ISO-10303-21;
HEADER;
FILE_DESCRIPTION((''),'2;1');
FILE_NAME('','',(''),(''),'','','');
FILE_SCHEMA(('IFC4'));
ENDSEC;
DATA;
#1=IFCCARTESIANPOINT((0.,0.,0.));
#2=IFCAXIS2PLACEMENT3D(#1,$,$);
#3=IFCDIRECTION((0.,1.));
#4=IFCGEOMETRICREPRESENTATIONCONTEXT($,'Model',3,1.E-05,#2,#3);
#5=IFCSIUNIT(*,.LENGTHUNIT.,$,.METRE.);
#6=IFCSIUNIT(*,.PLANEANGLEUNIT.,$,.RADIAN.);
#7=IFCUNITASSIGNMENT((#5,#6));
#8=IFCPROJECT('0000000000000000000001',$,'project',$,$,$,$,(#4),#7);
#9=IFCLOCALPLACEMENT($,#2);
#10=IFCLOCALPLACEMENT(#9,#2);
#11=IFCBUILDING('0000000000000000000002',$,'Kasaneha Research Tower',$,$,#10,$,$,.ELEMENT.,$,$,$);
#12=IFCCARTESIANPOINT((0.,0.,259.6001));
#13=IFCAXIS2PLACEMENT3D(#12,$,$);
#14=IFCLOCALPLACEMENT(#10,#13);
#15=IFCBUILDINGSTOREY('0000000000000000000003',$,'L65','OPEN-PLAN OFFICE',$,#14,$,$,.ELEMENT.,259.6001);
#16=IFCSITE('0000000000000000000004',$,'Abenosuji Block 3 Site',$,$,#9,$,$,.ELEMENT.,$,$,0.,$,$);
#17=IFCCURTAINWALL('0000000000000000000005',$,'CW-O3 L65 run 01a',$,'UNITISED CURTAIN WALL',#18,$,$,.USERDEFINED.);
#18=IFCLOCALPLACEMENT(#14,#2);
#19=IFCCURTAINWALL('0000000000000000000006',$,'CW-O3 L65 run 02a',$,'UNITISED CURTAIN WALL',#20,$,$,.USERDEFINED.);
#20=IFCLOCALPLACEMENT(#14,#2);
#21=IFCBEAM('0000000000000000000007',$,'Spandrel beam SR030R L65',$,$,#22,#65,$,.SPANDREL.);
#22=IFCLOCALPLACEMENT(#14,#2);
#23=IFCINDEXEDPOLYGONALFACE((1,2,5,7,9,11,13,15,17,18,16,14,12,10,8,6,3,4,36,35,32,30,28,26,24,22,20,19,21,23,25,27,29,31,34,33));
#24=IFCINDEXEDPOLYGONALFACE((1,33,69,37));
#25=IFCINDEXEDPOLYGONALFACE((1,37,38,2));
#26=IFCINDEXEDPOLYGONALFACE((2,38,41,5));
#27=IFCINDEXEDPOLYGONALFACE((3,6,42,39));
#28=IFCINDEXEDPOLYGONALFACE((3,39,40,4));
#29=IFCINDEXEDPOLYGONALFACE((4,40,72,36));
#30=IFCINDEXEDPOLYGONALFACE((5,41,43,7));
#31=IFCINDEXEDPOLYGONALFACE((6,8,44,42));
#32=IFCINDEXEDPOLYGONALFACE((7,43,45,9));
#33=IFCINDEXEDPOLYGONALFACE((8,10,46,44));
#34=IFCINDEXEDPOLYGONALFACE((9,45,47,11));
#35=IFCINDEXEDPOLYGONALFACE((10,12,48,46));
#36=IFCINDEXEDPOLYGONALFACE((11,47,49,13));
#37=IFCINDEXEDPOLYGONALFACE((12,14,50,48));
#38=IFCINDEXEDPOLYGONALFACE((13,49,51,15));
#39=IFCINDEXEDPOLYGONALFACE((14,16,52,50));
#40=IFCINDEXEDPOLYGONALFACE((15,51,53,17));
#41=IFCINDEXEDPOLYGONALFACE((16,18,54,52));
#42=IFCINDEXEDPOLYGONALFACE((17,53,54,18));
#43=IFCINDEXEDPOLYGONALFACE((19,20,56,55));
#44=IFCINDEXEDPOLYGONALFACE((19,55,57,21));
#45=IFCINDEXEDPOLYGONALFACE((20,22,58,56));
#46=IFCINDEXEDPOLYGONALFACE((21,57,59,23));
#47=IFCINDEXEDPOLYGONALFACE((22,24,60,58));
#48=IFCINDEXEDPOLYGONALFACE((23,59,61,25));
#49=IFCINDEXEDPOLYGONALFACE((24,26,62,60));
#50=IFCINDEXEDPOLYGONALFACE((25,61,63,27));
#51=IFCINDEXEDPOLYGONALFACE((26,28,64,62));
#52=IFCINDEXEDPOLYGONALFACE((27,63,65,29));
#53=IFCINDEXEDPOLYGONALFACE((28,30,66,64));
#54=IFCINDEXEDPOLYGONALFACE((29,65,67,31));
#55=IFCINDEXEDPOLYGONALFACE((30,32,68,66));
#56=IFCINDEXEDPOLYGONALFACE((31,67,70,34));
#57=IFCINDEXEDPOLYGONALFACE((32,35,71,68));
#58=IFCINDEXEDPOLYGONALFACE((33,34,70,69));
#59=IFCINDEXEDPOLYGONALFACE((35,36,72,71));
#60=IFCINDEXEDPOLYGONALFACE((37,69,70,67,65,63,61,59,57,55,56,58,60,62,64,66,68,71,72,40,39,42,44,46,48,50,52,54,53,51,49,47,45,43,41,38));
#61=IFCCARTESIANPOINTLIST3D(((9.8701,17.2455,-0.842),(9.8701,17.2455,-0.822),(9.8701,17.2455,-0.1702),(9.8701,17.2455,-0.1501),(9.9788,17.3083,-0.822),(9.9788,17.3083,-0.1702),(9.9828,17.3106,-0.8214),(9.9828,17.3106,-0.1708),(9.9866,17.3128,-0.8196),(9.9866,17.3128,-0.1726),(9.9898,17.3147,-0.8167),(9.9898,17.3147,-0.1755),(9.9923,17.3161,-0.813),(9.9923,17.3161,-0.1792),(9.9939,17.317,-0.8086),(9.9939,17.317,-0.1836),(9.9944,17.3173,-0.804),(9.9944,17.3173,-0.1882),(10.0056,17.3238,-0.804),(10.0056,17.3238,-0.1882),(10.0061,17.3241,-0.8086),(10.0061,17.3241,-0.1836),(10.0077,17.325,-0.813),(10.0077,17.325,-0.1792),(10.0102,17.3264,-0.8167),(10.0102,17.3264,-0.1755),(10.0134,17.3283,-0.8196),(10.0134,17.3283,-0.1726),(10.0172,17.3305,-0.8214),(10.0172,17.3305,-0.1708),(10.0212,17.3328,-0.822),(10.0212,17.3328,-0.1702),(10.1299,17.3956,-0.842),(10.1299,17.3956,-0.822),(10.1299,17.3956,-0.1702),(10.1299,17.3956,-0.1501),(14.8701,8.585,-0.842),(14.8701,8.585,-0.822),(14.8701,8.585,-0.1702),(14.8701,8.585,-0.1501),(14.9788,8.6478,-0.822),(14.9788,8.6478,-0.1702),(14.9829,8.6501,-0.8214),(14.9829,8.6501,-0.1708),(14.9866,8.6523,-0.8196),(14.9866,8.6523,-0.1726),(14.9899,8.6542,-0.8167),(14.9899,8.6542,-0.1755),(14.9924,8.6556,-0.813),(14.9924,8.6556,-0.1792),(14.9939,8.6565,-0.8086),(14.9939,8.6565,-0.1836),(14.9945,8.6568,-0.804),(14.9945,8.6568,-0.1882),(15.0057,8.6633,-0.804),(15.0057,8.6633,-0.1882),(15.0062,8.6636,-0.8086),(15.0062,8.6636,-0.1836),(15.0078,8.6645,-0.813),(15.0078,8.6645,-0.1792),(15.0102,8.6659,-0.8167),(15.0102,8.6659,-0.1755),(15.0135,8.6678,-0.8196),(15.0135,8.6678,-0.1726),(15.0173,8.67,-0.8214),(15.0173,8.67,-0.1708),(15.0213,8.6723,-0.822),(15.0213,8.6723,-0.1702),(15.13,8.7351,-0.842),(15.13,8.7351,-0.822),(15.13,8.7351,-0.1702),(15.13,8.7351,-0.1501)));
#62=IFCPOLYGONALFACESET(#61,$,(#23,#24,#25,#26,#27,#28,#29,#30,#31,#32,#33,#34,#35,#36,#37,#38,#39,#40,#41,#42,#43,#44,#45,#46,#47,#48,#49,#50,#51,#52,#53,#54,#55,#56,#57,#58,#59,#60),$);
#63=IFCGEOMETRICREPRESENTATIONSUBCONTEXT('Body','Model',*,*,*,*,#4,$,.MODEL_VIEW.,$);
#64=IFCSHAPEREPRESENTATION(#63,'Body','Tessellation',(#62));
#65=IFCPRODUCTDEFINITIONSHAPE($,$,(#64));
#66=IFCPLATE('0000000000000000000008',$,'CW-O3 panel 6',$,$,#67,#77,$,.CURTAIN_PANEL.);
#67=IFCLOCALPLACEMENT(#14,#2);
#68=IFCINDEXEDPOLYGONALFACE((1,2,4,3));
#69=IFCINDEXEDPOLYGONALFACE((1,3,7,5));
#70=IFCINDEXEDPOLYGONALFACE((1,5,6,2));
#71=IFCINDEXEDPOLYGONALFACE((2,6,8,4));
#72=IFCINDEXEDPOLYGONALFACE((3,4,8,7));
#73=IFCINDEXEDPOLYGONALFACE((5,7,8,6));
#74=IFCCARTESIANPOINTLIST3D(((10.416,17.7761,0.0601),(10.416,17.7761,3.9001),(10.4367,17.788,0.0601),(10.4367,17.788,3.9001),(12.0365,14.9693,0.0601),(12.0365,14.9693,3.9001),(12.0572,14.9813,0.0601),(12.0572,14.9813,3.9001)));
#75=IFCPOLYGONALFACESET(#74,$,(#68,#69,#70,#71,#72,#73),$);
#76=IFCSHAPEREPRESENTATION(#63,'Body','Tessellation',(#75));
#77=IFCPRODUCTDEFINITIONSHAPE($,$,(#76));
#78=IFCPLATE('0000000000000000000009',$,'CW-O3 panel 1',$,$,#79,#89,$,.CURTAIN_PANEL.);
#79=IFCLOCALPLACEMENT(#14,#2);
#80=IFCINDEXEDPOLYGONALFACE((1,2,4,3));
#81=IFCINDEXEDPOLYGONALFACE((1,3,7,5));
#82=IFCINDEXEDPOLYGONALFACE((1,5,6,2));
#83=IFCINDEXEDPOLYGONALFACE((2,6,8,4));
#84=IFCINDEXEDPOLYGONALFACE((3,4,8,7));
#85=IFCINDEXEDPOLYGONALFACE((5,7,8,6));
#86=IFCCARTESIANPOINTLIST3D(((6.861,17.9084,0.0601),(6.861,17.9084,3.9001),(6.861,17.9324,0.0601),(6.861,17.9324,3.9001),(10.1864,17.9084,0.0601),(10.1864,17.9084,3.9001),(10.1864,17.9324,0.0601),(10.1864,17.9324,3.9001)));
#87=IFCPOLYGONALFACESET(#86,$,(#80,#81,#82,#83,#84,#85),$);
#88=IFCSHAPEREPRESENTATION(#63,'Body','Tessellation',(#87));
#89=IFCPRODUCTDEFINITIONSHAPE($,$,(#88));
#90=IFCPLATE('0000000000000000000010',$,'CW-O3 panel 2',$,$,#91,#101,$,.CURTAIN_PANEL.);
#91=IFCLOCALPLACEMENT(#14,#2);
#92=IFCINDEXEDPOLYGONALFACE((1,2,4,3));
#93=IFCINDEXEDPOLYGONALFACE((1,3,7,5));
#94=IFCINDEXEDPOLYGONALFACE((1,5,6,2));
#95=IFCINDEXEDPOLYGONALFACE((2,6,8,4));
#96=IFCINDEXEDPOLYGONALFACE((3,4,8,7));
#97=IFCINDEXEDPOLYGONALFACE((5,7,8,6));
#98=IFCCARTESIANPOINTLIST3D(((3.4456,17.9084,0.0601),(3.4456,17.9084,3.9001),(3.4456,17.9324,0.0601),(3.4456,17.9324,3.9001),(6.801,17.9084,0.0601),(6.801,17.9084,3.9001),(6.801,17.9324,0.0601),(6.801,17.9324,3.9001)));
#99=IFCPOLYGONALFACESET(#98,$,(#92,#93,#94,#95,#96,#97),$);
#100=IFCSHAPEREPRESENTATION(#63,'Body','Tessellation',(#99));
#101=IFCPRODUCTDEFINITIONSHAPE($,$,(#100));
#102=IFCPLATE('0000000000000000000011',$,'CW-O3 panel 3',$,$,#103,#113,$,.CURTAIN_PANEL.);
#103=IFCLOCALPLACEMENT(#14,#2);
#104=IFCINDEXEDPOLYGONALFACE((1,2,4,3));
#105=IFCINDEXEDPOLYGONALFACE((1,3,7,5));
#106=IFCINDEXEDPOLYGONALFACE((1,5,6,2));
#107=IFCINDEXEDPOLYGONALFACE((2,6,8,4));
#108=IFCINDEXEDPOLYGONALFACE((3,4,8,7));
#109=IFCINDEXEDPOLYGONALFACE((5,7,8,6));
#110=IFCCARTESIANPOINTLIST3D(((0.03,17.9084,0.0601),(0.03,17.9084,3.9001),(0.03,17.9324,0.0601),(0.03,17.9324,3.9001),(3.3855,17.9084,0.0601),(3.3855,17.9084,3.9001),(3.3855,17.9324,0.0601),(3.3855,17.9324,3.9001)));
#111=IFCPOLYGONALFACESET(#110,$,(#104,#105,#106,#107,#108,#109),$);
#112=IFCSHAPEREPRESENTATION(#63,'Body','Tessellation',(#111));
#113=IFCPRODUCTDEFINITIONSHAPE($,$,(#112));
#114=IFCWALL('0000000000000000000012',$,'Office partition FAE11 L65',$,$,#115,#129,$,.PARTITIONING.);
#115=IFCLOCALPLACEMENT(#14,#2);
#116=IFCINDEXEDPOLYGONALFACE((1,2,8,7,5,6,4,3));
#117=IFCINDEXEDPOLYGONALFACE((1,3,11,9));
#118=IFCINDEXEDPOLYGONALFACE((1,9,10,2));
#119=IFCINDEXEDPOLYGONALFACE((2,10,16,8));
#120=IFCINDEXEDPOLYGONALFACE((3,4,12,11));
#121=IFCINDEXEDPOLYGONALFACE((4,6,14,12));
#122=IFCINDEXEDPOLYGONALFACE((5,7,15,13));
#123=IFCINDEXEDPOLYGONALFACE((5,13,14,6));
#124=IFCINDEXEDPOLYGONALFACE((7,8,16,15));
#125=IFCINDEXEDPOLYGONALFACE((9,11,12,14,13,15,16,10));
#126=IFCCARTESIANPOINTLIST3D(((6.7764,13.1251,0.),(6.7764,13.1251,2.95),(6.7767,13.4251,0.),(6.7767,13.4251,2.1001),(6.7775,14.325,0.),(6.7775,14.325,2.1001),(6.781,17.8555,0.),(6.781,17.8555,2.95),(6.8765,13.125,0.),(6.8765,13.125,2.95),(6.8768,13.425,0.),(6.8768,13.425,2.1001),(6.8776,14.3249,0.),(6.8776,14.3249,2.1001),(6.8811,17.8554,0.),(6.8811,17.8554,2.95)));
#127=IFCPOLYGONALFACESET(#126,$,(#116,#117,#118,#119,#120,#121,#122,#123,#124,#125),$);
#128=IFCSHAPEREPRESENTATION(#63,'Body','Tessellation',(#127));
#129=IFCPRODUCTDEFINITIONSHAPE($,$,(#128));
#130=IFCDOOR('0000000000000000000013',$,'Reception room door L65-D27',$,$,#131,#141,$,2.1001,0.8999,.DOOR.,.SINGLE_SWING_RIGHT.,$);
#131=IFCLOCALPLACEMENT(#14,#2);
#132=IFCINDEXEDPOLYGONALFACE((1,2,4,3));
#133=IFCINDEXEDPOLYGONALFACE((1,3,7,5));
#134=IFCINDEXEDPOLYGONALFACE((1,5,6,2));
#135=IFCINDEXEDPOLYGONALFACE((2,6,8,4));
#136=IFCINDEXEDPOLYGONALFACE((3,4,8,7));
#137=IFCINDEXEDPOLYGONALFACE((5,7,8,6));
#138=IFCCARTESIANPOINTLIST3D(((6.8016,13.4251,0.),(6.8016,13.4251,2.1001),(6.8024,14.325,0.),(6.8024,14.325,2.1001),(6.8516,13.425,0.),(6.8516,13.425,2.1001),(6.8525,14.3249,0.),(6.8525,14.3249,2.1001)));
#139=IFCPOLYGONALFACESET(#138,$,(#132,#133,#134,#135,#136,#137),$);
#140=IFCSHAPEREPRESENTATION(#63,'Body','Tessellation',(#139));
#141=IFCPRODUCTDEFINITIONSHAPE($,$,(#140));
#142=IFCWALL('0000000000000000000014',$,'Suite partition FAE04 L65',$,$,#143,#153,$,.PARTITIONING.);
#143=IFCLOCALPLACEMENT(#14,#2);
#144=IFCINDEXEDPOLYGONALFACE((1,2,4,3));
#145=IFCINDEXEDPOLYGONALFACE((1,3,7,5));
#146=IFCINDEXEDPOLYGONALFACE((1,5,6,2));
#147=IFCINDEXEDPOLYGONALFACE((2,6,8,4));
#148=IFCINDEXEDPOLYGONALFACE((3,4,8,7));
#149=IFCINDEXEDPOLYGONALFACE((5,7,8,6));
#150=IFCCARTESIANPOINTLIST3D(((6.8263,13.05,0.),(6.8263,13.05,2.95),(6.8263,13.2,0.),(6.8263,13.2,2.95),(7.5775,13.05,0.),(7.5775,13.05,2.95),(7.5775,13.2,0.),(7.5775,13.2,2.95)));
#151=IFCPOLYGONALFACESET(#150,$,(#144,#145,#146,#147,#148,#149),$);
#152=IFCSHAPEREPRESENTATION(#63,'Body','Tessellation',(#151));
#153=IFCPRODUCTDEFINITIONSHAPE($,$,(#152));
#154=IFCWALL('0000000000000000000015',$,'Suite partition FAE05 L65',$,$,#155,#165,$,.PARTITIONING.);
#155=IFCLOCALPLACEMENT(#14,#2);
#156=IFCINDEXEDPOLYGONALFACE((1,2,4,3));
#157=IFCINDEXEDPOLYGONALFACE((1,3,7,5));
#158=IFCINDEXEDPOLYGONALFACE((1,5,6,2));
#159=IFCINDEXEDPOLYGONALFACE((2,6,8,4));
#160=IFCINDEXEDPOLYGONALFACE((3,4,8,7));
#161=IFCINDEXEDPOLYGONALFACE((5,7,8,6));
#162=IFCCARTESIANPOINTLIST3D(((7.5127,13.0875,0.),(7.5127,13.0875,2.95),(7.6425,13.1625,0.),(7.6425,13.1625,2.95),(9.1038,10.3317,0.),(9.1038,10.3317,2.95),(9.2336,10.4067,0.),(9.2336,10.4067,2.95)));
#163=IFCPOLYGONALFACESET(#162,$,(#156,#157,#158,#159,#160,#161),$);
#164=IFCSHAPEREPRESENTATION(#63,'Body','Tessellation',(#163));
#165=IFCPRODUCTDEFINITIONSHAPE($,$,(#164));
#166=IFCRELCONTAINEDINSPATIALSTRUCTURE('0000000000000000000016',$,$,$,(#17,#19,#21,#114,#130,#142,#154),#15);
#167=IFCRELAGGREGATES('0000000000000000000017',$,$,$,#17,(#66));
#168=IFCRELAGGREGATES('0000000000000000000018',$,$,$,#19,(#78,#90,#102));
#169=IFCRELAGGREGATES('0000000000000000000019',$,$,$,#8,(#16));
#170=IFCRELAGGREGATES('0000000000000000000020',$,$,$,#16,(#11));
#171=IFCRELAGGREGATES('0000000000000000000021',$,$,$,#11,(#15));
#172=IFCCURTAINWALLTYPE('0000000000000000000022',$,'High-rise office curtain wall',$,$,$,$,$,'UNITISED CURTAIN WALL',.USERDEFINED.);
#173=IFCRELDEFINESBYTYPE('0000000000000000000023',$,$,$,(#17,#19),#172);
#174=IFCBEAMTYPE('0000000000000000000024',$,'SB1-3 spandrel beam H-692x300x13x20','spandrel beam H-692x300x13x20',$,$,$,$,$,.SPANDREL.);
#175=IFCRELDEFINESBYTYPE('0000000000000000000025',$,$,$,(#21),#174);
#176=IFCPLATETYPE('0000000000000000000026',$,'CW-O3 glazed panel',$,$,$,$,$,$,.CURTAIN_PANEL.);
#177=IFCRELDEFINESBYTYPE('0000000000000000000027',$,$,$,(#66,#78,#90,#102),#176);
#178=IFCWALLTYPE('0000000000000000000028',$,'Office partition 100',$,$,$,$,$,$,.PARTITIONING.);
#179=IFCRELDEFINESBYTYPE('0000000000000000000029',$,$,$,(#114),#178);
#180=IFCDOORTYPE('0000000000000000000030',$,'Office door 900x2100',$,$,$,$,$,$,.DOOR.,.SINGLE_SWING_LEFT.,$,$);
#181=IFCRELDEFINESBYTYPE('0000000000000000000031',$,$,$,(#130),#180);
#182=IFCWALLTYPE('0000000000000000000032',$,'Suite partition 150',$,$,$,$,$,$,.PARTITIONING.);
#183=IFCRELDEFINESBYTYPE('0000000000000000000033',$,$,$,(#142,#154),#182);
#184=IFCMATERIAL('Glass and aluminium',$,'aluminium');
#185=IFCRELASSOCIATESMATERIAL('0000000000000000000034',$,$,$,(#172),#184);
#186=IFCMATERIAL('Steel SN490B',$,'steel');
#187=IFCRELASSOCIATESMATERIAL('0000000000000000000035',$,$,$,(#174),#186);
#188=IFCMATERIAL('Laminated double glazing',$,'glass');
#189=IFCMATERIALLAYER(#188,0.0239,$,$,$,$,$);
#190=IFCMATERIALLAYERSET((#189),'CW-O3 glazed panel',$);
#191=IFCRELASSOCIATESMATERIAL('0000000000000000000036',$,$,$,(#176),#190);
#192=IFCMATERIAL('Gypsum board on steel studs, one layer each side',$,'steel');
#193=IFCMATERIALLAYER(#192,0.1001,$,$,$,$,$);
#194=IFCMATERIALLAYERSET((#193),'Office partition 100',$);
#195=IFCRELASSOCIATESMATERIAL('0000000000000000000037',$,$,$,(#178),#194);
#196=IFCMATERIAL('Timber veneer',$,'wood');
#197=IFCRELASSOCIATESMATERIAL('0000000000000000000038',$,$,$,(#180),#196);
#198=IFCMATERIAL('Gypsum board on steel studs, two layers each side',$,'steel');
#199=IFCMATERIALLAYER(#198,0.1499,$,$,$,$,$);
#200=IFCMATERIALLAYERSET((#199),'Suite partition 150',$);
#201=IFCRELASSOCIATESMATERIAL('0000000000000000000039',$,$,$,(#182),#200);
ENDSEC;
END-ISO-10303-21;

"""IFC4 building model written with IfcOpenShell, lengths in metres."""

from ifc_helpers import new_model, si_unit, direction, frame, frame_2d, origin, origin_2d, place, context, subcontext, project, spatial, rectangle, i_section, extrude, material, layer, layer_set, material_profile, profile_set, type_object, element, fill, aggregate, save


model = new_model("IFC4")

# Units and contexts
model_context = context("Model", 3, precision=1e-05, world=origin(), true_north=direction((0.0, 1.0)))
body_context = subcontext(model_context, "Body", "Model", "MODEL_VIEW")
ifc_project = project(units=[si_unit("LENGTHUNIT", "METRE"), si_unit("PLANEANGLEUNIT", "RADIAN")], contexts=[model_context])

# Site, building, storey
site_placement = place(None, origin())
site = spatial("IfcSite", under=ifc_project, at=site_placement, Name="Abenosuji Block 3 Site", CompositionType="ELEMENT", RefElevation=0.0)
building_placement = place(site_placement, origin())
building = spatial("IfcBuilding", under=site, at=building_placement, Name="Kasaneha Research Tower", CompositionType="ELEMENT")
storey_placement = place(building_placement, frame((0.0, 0.0, 259.6001)))
storey = spatial("IfcBuildingStorey", under=building, at=storey_placement, Name="L65", Description="OPEN-PLAN OFFICE", CompositionType="ELEMENT", Elevation=259.6001)

# Curtain wall
ifc_material_1 = material(Name="Glass and aluminium", Category="aluminium")
curtain_wall_type = type_object("IfcCurtainWallType", Name="High-rise office curtain wall", ElementType="UNITISED CURTAIN WALL", PredefinedType="USERDEFINED", material=ifc_material_1)
curtain_wall_1_placement = place(storey_placement, origin())
curtain_wall_1 = element("IfcCurtainWall", 1, at=curtain_wall_1_placement, inside=storey, type_object=curtain_wall_type, Name="CW-O3 L65 run 01a", ObjectType="UNITISED CURTAIN WALL", PredefinedType="USERDEFINED")

# Curtain wall
curtain_wall_2_placement = place(storey_placement, origin())
curtain_wall_2 = element("IfcCurtainWall", 2, at=curtain_wall_2_placement, inside=storey, type_object=curtain_wall_type, Name="CW-O3 L65 run 02a", ObjectType="UNITISED CURTAIN WALL", PredefinedType="USERDEFINED")

# Beam
ifc_material_2 = material(Name="Steel SN490B", Category="steel")
ifc_material_profile_1 = material_profile(ifc_material_2, i_section(OverallWidth=0.3, OverallDepth=0.6919, WebThickness=0.0129, FlangeThickness=0.02, FilletRadius=0.0181, at=origin_2d()), Name="H-692x300x13x20")
ifc_profile_set_1 = profile_set([ifc_material_profile_1], Name="Steel SN490B")
beam_type_1 = type_object("IfcBeamType", Name="SB1-3 spandrel beam H-692x300x13x20", Description="spandrel beam H-692x300x13x20", PredefinedType="SPANDREL", material=ifc_profile_set_1)
beam_1_placement = place(storey_placement, frame((10.0, 17.3206, -0.4961), z_axis=(0.499994, -0.866029, 0.0), x_axis=(0.866029, 0.499994, 0.0)))
element("IfcBeam", 3, at=beam_1_placement, inside=storey, type_object=beam_type_1, Name="Spandrel beam SR030R L65", PredefinedType="SPANDREL", context=body_context, shape_type="SweptSolid", body=[
    extrude(i_section(OverallWidth=0.3, OverallDepth=0.6919, WebThickness=0.0129, FlangeThickness=0.02, FilletRadius=0.0181, at=origin_2d()), origin(), (0.0, 0.0, 1.0), 10.0002),
])

# Plates
ifc_material_3 = material(Name="Laminated double glazing", Category="glass")
ifc_layer_1 = layer(ifc_material_3, 0.0239)
ifc_layer_set_1 = layer_set([ifc_layer_1], Name="CW-O3 glazed panel")
plate_type = type_object("IfcPlateType", Name="CW-O3 glazed panel", PredefinedType="CURTAIN_PANEL", material=ifc_layer_set_1)
plate_1_placement = place(storey_placement, frame((11.2366, 16.3787, 0.0601), z_axis=(0.0, 0.0, 1.0), x_axis=(-0.5, 0.866025, 0.0)))
plate_1 = element("IfcPlate", 4, at=plate_1_placement, type_object=plate_type, Name="CW-O3 panel 6", PredefinedType="CURTAIN_PANEL", context=body_context, shape_type="SweptSolid", body=[
    extrude(rectangle(XDim=3.241, YDim=0.0239, at=origin_2d()), origin(), (0.0, 0.0, 1.0), 3.8401),
])
aggregate(curtain_wall_1, [plate_1])
plate_2_placement = place(storey_placement, frame((8.5237, 17.9204, 0.0601), z_axis=(0.0, 0.0, 1.0), x_axis=(-1.0, 0.0, 0.0)))
plate_2 = element("IfcPlate", 5, at=plate_2_placement, type_object=plate_type, Name="CW-O3 panel 1", PredefinedType="CURTAIN_PANEL", context=body_context, shape_type="SweptSolid", body=[
    extrude(rectangle(XDim=3.3254, YDim=0.0239, at=origin_2d()), origin(), (0.0, 0.0, 1.0), 3.8401),
])
plate_3_placement = place(storey_placement, frame((5.1233, 17.9204, 0.0601), z_axis=(0.0, 0.0, 1.0), x_axis=(-1.0, 0.0, 0.0)))
plate_3 = element("IfcPlate", 6, at=plate_3_placement, type_object=plate_type, Name="CW-O3 panel 2", PredefinedType="CURTAIN_PANEL", context=body_context, shape_type="SweptSolid", body=[
    extrude(rectangle(XDim=3.3555, YDim=0.0239, at=origin_2d()), origin(), (0.0, 0.0, 1.0), 3.8401),
])
plate_4_placement = place(storey_placement, frame((1.7078, 17.9204, 0.0601), z_axis=(0.0, 0.0, 1.0), x_axis=(-1.0, 0.0, 0.0)))
plate_4 = element("IfcPlate", 7, at=plate_4_placement, type_object=plate_type, Name="CW-O3 panel 3", PredefinedType="CURTAIN_PANEL", context=body_context, shape_type="SweptSolid", body=[
    extrude(rectangle(XDim=3.3555, YDim=0.0239, at=origin_2d()), origin(), (0.0, 0.0, 1.0), 3.8401),
])
aggregate(curtain_wall_2, [plate_2, plate_3, plate_4])

# Wall, opening, door
ifc_material_4 = material(Name="Gypsum board on steel studs, one layer each side", Category="steel")
ifc_layer_2 = layer(ifc_material_4, 0.1001)
ifc_layer_set_2 = layer_set([ifc_layer_2], Name="Office partition 100")
wall_type_1 = type_object("IfcWallType", Name="Office partition 100", PredefinedType="PARTITIONING", material=ifc_layer_set_2)
wall_1_placement = place(storey_placement, frame((6.8311, 17.8555, 0.0), z_axis=(0.0, 0.0, 1.0), x_axis=(-0.000981, -1.0, 0.0)))
wall_1 = element("IfcWall", 8, at=wall_1_placement, inside=storey, type_object=wall_type_1, Name="Office partition FAE11 L65", PredefinedType="PARTITIONING", context=body_context, shape_type="SweptSolid", body=[
    extrude(rectangle(XDim=4.7305, YDim=0.1001, at=frame_2d((2.3652, 0.0))), origin(), (0.0, 0.0, 1.0), 2.95),
])
opening_placement = place(wall_1_placement, frame((3.5305, 0.0, 0.0)))
opening = element("IfcOpeningElement", 9, at=opening_placement, cuts=wall_1, PredefinedType="OPENING", context=body_context, shape_type="SweptSolid", body=[
    extrude(rectangle(XDim=0.8999, YDim=2.1001, at=frame_2d((0.45, 1.05))), frame((0.0, 0.0601, 0.0), z_axis=(0.0, -1.0, 0.0), x_axis=(1.0, 0.0, 0.0)), (0.0, 0.0, 1.0), 0.1201),
])
ifc_material_5 = material(Name="Timber veneer", Category="wood")
door_type = type_object("IfcDoorType", Name="Office door 900x2100", OperationType="SINGLE_SWING_LEFT", PredefinedType="DOOR", material=ifc_material_5)
door_placement = place(opening_placement, origin())
door = element("IfcDoor", 10, at=door_placement, inside=storey, type_object=door_type, Name="Reception room door L65-D27", OperationType="SINGLE_SWING_RIGHT", OverallHeight=2.1001, OverallWidth=0.8999, PredefinedType="DOOR", context=body_context, shape_type="SweptSolid", body=[
    extrude(rectangle(XDim=0.8999, YDim=2.1001, at=frame_2d((0.45, 1.05))), frame((0.0, 0.0249, 0.0), z_axis=(0.0, -1.0, 0.0), x_axis=(1.0, 0.0, 0.0)), (0.0, 0.0, 1.0), 0.05),
])
fill(opening, door)

# Walls
ifc_material_6 = material(Name="Gypsum board on steel studs, two layers each side", Category="steel")
ifc_layer_3 = layer(ifc_material_6, 0.1499)
ifc_layer_set_3 = layer_set([ifc_layer_3], Name="Suite partition 150")
wall_type_2 = type_object("IfcWallType", Name="Suite partition 150", PredefinedType="PARTITIONING", material=ifc_layer_set_3)
wall_2_placement = place(storey_placement, frame((6.8264, 13.125, 0.0), z_axis=(0.0, 0.0, 1.0), x_axis=(1.0, 0.0, 0.0)))
element("IfcWall", 11, at=wall_2_placement, inside=storey, type_object=wall_type_2, Name="Suite partition FAE04 L65", PredefinedType="PARTITIONING", context=body_context, shape_type="SweptSolid", body=[
    extrude(rectangle(XDim=0.7512, YDim=0.1499, at=frame_2d((0.3755, 0.0))), origin(), (0.0, 0.0, 1.0), 2.95),
])
wall_3_placement = place(storey_placement, frame((7.5776, 13.125, 0.0), z_axis=(0.0, 0.0, 1.0), x_axis=(0.499993, -0.86603, 0.0)))
element("IfcWall", 12, at=wall_3_placement, inside=storey, type_object=wall_type_2, Name="Suite partition FAE05 L65", PredefinedType="PARTITIONING", context=body_context, shape_type="SweptSolid", body=[
    extrude(rectangle(XDim=3.1821, YDim=0.1499, at=frame_2d((1.5911, 0.0))), origin(), (0.0, 0.0, 1.0), 2.95),
])

save(model, "model.ifc")
